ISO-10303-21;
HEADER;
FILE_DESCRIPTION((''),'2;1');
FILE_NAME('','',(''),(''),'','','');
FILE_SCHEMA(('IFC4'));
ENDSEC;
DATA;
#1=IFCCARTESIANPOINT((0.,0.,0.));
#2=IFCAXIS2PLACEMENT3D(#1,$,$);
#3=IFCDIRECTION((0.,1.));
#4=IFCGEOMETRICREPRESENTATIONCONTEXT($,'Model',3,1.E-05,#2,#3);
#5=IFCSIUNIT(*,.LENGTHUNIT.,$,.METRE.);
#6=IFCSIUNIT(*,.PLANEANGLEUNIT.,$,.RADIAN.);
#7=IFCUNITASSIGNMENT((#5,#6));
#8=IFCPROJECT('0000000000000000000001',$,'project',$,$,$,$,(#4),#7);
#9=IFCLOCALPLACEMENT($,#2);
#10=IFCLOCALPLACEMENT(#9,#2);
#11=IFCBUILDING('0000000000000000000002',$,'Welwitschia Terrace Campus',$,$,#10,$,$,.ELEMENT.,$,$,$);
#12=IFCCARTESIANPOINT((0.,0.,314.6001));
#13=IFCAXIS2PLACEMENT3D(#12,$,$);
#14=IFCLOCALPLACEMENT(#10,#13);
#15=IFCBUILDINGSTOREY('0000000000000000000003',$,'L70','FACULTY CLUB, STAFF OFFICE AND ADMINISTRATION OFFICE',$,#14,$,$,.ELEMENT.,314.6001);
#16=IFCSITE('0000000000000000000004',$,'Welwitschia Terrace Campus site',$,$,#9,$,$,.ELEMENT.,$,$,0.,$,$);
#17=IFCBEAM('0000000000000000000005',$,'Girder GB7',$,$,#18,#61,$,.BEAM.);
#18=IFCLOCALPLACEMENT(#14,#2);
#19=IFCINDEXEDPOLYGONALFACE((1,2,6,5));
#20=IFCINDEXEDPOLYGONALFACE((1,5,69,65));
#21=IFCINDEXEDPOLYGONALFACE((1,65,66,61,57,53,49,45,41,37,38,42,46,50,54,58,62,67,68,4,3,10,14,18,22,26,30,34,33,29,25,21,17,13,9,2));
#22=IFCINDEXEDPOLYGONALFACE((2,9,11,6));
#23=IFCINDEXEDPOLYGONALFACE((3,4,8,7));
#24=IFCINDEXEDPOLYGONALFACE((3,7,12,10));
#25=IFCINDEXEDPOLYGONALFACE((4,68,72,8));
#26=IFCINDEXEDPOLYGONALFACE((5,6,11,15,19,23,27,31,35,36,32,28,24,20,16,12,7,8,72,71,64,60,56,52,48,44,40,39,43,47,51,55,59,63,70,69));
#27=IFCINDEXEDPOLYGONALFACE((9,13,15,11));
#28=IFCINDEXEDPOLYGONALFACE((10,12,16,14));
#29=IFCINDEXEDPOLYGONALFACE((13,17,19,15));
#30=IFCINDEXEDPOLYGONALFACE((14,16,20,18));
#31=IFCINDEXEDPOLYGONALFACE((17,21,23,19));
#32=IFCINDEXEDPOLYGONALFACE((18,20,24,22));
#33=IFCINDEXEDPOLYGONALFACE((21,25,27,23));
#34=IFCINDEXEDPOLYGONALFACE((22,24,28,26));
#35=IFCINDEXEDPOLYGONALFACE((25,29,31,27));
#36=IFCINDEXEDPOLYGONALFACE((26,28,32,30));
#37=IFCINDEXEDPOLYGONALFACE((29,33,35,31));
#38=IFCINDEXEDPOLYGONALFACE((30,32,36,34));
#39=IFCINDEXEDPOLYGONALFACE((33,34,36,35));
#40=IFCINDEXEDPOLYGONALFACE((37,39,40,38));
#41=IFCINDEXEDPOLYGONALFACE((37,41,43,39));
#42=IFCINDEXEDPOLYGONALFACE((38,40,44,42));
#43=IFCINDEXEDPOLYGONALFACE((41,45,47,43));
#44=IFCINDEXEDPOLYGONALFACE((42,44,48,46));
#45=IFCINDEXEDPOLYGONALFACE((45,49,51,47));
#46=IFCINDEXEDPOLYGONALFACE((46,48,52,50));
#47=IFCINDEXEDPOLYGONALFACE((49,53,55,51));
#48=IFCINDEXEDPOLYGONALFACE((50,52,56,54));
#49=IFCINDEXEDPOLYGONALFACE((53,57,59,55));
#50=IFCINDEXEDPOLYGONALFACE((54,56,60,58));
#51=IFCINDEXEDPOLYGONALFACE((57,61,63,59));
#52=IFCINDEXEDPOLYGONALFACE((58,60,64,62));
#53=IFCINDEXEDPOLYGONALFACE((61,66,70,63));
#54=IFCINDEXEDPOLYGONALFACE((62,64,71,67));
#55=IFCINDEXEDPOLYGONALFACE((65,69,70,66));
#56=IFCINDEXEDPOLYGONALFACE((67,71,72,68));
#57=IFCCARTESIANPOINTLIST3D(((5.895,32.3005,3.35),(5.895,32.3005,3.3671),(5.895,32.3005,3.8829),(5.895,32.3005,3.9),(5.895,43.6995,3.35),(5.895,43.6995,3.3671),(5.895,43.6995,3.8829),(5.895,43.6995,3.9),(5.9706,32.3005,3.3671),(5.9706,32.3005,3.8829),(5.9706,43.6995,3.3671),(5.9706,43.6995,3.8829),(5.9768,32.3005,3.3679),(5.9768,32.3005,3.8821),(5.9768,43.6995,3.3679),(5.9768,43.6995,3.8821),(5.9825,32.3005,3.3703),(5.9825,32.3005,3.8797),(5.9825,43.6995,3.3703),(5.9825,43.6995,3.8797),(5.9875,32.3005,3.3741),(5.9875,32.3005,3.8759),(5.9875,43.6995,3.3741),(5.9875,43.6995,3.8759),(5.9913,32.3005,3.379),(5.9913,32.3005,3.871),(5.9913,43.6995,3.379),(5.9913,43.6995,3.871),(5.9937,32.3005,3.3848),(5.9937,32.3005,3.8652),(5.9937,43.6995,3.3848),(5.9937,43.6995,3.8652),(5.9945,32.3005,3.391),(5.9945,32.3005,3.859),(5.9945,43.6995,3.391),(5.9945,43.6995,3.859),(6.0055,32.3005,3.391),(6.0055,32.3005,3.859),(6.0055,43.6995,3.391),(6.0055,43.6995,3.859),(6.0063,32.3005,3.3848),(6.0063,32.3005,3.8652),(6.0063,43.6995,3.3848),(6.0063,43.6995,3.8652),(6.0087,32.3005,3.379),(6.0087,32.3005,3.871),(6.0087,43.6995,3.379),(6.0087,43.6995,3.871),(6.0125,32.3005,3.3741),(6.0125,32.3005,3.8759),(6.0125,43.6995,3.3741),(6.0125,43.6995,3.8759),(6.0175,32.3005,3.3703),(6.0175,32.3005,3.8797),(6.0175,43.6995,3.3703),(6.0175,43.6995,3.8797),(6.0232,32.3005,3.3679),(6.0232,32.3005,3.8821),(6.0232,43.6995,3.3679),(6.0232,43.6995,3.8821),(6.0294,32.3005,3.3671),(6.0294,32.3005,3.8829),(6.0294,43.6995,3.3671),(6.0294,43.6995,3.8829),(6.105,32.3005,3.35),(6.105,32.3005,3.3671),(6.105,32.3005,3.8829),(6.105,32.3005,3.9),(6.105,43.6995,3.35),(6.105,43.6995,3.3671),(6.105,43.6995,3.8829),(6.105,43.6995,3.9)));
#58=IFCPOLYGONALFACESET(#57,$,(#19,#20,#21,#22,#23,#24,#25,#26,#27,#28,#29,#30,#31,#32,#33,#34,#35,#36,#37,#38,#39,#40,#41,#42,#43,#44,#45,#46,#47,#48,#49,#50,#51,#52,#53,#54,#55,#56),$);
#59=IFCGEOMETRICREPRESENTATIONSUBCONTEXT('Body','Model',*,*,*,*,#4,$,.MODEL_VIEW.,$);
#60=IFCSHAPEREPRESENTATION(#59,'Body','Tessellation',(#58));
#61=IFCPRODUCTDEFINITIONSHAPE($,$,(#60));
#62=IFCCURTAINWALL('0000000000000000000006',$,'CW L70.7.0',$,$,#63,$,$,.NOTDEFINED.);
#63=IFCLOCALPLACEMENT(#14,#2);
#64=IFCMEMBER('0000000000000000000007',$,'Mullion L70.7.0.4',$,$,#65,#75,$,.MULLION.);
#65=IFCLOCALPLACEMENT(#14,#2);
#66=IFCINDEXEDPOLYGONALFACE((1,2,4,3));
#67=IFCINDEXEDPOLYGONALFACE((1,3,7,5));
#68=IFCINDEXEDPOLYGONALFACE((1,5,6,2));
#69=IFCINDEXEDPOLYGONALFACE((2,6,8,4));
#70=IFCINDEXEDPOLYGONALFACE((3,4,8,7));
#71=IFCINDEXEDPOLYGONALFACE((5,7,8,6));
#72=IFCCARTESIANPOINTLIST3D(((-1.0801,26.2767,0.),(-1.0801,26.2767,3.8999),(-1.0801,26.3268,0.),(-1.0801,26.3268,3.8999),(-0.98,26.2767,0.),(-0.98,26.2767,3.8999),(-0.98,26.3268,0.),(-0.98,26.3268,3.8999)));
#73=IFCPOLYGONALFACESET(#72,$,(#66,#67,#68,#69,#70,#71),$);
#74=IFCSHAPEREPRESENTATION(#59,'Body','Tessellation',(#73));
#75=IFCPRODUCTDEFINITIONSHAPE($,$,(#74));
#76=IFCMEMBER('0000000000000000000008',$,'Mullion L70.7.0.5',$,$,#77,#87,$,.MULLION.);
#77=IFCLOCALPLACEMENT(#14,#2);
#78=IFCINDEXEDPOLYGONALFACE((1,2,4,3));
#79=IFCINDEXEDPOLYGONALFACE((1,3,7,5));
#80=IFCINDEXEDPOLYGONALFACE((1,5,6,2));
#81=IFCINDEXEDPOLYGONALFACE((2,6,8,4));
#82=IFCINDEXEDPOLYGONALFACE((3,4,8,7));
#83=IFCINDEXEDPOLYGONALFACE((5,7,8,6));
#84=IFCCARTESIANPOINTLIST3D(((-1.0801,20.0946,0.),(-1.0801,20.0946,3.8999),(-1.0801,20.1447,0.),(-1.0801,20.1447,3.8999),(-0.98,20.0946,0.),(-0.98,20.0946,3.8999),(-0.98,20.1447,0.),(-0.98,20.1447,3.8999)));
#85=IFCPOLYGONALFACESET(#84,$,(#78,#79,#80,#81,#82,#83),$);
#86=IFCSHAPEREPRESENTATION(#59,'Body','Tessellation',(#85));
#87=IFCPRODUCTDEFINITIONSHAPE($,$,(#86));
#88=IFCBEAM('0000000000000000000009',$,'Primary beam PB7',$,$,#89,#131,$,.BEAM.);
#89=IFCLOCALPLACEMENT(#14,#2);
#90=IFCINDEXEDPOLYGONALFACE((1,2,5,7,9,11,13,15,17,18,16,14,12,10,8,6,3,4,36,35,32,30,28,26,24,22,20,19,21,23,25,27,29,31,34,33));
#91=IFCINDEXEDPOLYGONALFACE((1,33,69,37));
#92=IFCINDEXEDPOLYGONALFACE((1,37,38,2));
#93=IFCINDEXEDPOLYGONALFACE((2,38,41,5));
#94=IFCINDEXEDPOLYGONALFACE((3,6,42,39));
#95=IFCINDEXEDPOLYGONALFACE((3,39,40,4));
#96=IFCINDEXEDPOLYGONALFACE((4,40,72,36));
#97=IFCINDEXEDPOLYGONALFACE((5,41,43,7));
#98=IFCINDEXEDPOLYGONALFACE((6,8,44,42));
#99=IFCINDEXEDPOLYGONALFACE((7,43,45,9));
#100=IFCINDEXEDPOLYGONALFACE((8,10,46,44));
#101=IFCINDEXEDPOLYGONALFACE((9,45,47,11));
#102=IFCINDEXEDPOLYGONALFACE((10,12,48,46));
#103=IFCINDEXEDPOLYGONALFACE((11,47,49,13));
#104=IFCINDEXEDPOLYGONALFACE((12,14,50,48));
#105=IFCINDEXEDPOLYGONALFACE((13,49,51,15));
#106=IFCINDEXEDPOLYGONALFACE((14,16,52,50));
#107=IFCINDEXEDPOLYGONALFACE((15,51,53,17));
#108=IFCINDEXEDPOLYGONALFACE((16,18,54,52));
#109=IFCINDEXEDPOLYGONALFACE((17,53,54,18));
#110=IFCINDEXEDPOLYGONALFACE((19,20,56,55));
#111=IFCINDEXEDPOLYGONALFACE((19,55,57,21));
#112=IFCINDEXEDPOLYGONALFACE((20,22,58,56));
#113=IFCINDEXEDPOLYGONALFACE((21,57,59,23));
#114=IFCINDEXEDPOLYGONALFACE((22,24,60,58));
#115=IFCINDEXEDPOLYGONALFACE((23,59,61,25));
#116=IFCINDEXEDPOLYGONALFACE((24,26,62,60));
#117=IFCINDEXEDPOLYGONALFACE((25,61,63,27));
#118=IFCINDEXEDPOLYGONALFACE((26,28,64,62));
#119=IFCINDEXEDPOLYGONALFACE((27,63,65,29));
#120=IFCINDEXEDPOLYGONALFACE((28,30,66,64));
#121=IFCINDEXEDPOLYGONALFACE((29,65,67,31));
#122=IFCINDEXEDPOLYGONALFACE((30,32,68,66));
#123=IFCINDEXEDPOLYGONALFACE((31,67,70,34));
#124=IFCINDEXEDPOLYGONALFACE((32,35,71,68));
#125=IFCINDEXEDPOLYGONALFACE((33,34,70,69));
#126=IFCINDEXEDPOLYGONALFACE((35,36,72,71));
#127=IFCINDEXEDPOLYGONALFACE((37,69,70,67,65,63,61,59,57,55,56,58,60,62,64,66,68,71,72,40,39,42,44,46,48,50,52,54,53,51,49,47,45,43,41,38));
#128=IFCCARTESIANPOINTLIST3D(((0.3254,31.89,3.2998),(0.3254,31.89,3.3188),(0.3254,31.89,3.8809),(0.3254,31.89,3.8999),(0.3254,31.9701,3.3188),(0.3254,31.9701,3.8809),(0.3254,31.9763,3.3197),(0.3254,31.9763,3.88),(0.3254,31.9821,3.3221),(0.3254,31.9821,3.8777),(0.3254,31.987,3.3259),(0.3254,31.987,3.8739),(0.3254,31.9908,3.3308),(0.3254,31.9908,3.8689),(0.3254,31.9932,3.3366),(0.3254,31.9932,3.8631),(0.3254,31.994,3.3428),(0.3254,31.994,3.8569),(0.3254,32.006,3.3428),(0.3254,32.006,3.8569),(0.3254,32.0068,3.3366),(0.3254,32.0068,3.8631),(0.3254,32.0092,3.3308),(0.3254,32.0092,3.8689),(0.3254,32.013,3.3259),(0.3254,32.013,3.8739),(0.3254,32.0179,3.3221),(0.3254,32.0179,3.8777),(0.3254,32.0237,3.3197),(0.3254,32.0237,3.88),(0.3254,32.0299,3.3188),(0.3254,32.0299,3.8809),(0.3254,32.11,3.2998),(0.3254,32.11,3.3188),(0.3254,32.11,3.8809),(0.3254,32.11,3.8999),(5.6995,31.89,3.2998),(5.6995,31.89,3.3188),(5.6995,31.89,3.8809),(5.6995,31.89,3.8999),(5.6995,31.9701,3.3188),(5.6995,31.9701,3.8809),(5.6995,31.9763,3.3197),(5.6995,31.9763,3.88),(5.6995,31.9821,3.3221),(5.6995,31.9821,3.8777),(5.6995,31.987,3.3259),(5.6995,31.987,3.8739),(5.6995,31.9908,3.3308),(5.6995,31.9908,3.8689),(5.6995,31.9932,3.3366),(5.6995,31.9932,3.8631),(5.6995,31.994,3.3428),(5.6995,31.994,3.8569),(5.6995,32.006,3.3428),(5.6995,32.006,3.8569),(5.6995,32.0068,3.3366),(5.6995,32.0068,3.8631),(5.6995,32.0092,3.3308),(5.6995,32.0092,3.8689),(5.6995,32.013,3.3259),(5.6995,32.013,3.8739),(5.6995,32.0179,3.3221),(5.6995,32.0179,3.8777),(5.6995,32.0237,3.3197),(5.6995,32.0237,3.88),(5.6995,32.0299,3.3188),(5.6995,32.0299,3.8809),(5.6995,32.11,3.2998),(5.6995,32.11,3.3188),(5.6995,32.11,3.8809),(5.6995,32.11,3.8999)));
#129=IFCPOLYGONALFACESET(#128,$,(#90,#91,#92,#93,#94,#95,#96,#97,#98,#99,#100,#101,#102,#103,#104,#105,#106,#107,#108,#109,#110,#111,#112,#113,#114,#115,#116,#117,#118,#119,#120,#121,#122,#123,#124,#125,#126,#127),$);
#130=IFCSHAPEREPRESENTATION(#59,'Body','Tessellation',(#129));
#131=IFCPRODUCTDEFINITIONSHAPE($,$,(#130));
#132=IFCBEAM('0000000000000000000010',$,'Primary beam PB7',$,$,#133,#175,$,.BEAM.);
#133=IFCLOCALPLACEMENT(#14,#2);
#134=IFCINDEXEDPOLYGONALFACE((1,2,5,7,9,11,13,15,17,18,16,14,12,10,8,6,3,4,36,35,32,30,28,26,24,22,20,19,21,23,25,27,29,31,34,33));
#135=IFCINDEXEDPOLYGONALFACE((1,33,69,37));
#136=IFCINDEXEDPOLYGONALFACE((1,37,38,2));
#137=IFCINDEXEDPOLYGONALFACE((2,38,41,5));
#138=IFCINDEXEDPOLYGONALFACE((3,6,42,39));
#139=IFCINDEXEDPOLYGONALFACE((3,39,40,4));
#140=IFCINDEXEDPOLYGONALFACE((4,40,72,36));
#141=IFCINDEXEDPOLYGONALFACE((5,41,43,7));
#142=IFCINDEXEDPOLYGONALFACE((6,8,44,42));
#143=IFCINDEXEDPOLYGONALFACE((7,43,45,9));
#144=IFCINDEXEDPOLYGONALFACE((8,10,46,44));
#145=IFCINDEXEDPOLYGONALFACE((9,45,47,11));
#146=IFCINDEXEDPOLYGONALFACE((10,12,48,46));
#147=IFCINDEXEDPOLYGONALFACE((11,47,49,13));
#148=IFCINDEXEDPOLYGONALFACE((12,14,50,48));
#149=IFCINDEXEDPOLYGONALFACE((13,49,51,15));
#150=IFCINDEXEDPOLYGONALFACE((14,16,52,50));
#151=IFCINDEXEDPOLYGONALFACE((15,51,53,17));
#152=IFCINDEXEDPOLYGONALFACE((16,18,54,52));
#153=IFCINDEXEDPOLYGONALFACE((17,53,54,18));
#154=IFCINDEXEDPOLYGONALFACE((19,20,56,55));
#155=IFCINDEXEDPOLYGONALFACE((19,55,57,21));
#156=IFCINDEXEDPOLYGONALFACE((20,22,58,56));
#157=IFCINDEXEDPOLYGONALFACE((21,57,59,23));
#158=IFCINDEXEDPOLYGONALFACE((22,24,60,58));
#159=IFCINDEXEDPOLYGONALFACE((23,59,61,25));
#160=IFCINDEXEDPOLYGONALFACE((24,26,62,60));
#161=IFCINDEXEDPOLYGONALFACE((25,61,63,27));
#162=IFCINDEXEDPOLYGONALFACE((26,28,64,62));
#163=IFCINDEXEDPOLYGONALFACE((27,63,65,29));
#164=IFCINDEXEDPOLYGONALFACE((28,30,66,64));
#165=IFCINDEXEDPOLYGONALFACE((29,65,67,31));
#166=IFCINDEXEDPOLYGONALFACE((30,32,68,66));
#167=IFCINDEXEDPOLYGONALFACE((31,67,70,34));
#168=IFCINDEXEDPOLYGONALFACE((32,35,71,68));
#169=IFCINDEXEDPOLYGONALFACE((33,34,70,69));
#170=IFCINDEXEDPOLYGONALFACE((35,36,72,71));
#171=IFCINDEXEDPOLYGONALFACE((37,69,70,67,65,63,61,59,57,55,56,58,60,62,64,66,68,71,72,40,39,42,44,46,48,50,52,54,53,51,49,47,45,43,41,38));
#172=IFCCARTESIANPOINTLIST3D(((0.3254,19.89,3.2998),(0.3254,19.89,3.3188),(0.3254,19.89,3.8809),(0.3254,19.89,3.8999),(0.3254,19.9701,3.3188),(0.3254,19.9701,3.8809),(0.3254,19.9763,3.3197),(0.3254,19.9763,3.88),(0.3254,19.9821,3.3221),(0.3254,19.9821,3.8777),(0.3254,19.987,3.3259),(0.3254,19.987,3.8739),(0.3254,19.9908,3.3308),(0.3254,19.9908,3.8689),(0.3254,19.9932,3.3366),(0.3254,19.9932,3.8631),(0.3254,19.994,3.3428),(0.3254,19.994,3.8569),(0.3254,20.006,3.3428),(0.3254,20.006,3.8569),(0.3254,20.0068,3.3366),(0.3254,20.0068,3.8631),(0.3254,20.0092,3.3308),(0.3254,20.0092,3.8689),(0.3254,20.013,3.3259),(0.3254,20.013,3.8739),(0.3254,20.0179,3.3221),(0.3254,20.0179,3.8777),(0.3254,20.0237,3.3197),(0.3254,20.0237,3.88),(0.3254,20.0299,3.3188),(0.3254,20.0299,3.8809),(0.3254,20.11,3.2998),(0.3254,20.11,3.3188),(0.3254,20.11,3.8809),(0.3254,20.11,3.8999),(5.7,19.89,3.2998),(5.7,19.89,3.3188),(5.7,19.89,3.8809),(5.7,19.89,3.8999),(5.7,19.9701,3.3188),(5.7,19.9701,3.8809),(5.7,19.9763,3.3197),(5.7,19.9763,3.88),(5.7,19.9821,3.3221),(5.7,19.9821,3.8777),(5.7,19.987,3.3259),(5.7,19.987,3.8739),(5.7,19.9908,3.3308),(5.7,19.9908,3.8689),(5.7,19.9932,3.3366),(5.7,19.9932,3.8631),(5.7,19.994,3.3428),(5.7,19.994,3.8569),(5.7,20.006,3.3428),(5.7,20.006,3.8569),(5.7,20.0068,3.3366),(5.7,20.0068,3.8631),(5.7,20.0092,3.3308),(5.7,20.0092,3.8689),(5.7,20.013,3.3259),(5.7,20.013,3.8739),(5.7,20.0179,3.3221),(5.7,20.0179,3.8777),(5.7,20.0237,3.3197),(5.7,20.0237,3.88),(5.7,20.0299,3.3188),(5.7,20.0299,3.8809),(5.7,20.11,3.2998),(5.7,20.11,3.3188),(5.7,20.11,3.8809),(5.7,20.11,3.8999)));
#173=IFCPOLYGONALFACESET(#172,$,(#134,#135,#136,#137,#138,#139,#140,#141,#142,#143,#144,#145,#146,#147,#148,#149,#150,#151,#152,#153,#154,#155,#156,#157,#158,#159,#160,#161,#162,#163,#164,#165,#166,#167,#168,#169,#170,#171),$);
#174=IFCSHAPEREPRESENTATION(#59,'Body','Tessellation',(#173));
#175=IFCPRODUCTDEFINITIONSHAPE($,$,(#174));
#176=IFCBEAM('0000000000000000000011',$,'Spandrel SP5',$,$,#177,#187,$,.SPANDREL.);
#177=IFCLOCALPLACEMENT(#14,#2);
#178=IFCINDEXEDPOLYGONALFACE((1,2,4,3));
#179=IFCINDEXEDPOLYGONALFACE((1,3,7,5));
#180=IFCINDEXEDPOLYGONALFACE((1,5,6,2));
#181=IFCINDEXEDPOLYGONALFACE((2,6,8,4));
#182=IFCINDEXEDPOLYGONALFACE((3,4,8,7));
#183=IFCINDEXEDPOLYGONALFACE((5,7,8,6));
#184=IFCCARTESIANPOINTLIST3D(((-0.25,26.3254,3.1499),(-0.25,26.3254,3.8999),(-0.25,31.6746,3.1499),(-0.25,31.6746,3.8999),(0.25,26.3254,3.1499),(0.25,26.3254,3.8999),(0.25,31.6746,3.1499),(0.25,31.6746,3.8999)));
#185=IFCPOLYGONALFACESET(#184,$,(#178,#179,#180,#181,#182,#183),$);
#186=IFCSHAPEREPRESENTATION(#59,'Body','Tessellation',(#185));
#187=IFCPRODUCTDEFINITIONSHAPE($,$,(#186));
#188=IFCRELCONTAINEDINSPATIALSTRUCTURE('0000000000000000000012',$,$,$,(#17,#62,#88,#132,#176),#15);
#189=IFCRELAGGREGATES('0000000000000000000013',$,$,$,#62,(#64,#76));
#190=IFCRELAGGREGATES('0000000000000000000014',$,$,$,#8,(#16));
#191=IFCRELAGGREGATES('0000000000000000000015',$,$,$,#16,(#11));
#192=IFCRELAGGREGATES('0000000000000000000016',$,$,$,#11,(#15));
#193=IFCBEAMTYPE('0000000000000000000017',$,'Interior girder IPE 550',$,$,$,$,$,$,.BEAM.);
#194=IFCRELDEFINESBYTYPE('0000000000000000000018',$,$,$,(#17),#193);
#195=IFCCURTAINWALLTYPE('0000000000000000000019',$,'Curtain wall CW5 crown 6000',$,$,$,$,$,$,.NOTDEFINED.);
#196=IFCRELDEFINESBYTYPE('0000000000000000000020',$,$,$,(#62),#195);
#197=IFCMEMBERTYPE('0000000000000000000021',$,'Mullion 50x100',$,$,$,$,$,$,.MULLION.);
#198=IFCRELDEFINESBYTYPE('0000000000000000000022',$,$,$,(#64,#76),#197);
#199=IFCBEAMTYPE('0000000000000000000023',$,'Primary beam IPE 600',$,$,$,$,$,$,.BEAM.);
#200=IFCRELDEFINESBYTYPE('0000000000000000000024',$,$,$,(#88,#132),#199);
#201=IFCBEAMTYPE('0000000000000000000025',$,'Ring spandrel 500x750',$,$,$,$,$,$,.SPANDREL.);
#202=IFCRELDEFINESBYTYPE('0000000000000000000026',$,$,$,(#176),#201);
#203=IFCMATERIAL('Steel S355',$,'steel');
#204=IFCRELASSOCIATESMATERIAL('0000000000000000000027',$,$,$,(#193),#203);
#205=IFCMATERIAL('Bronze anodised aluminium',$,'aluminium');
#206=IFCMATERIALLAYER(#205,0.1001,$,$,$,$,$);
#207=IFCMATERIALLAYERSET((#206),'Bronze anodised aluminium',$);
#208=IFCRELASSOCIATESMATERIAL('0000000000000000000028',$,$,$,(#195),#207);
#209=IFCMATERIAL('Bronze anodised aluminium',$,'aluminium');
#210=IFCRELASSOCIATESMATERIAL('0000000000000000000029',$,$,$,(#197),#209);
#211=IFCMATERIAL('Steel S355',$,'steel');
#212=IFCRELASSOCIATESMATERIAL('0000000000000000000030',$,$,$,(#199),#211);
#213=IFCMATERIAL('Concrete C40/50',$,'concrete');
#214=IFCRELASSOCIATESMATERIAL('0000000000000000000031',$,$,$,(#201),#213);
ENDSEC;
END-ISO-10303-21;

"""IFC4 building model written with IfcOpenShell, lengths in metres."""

from ifc_helpers import new_model, si_unit, direction, frame, origin, origin_2d, place, context, subcontext, project, spatial, rectangle, i_section, extrude, material, layer, layer_set, material_profile, profile_set, type_object, element, aggregate, save


model = new_model("IFC4")

# Units and contexts
model_context = context("Model", 3, precision=1e-05, world=origin(), true_north=direction((0.0, 1.0)))
body_context = subcontext(model_context, "Body", "Model", "MODEL_VIEW")
ifc_project = project(units=[si_unit("LENGTHUNIT", "METRE"), si_unit("PLANEANGLEUNIT", "RADIAN")], contexts=[model_context])

# Site, building, storey
site_placement = place(None, origin())
site = spatial("IfcSite", under=ifc_project, at=site_placement, Name="Welwitschia Terrace Campus site", CompositionType="ELEMENT", RefElevation=0.0)
building_placement = place(site_placement, origin())
building = spatial("IfcBuilding", under=site, at=building_placement, Name="Welwitschia Terrace Campus", CompositionType="ELEMENT")
storey_placement = place(building_placement, frame((0.0, 0.0, 314.6001)))
storey = spatial("IfcBuildingStorey", under=building, at=storey_placement, Name="L70", Description="FACULTY CLUB, STAFF OFFICE AND ADMINISTRATION OFFICE", CompositionType="ELEMENT", Elevation=314.6001)

# Beam
ifc_material_1 = material(Name="Steel S355", Category="steel")
ifc_material_profile_1 = material_profile(ifc_material_1, i_section(OverallWidth=0.21, OverallDepth=0.55, WebThickness=0.011, FlangeThickness=0.0171, FilletRadius=0.0239, at=origin_2d()))
ifc_profile_set_1 = profile_set([ifc_material_profile_1], Name="Steel S355")
beam_type_1 = type_object("IfcBeamType", Name="Interior girder IPE 550", PredefinedType="BEAM", material=ifc_profile_set_1)
beam_1_placement = place(storey_placement, frame((6.0, 32.3005, 3.625), z_axis=(0.0, 1.0, 0.0), x_axis=(-1.0, 0.0, 0.0)))
element("IfcBeam", 1, at=beam_1_placement, inside=storey, type_object=beam_type_1, Name="Girder GB7", PredefinedType="BEAM", context=body_context, shape_type="SweptSolid", body=[
    extrude(i_section(OverallWidth=0.21, OverallDepth=0.55, WebThickness=0.011, FlangeThickness=0.0171, FilletRadius=0.0239, at=origin_2d()), origin(), (0.0, 0.0, 1.0), 11.3989),
])

# Curtain wall, members
ifc_material_2 = material(Name="Bronze anodised aluminium", Category="aluminium")
ifc_layer_1 = layer(ifc_material_2, 0.1001)
ifc_layer_set_1 = layer_set([ifc_layer_1], Name="Bronze anodised aluminium")
curtain_wall_type = type_object("IfcCurtainWallType", Name="Curtain wall CW5 crown 6000", PredefinedType="NOTDEFINED", material=ifc_layer_set_1)
curtain_wall_placement = place(storey_placement, origin())
curtain_wall = element("IfcCurtainWall", 2, at=curtain_wall_placement, inside=storey, type_object=curtain_wall_type, Name="CW L70.7.0", PredefinedType="NOTDEFINED")
ifc_material_3 = material(Name="Bronze anodised aluminium", Category="aluminium")
ifc_material_profile_2 = material_profile(ifc_material_3, rectangle(XDim=0.1001, YDim=0.05, at=origin_2d()))
ifc_profile_set_2 = profile_set([ifc_material_profile_2], Name="Bronze anodised aluminium")
member_type = type_object("IfcMemberType", Name="Mullion 50x100", PredefinedType="MULLION", material=ifc_profile_set_2)
member_1_placement = place(storey_placement, frame((-1.03, 26.3018, 0.0), z_axis=(0.0, 0.0, 1.0), x_axis=(1.0, 0.0, 0.0)))
member_1 = element("IfcMember", 3, at=member_1_placement, type_object=member_type, Name="Mullion L70.7.0.4", PredefinedType="MULLION", context=body_context, shape_type="SweptSolid", body=[
    extrude(rectangle(XDim=0.1001, YDim=0.05, at=origin_2d()), origin(), (0.0, 0.0, 1.0), 3.8999),
])
member_2_placement = place(storey_placement, frame((-1.03, 20.1196, 0.0), z_axis=(0.0, 0.0, 1.0), x_axis=(1.0, 0.0, 0.0)))
member_2 = element("IfcMember", 4, at=member_2_placement, type_object=member_type, Name="Mullion L70.7.0.5", PredefinedType="MULLION", context=body_context, shape_type="SweptSolid", body=[
    extrude(rectangle(XDim=0.1001, YDim=0.05, at=origin_2d()), origin(), (0.0, 0.0, 1.0), 3.8999),
])

# Beams
ifc_material_4 = material(Name="Steel S355", Category="steel")
ifc_material_profile_3 = material_profile(ifc_material_4, i_section(OverallWidth=0.22, OverallDepth=0.6001, WebThickness=0.012, FlangeThickness=0.019, FilletRadius=0.0239, at=origin_2d()))
ifc_profile_set_3 = profile_set([ifc_material_profile_3], Name="Steel S355")
beam_type_2 = type_object("IfcBeamType", Name="Primary beam IPE 600", PredefinedType="BEAM", material=ifc_profile_set_3)
beam_2_placement = place(storey_placement, frame((0.3254, 32.0, 3.5999), z_axis=(1.0, 0.0, 0.0), x_axis=(0.0, 1.0, 0.0)))
element("IfcBeam", 5, at=beam_2_placement, inside=storey, type_object=beam_type_2, Name="Primary beam PB7", PredefinedType="BEAM", context=body_context, shape_type="SweptSolid", body=[
    extrude(i_section(OverallWidth=0.22, OverallDepth=0.6001, WebThickness=0.012, FlangeThickness=0.019, FilletRadius=0.0239, at=origin_2d()), origin(), (0.0, 0.0, 1.0), 5.374),
])
beam_3_placement = place(storey_placement, frame((0.3254, 20.0, 3.5999), z_axis=(1.0, 0.0, 0.0), x_axis=(0.0, 1.0, 0.0)))
element("IfcBeam", 6, at=beam_3_placement, inside=storey, type_object=beam_type_2, Name="Primary beam PB7", PredefinedType="BEAM", context=body_context, shape_type="SweptSolid", body=[
    extrude(i_section(OverallWidth=0.22, OverallDepth=0.6001, WebThickness=0.012, FlangeThickness=0.019, FilletRadius=0.0239, at=origin_2d()), origin(), (0.0, 0.0, 1.0), 5.3745),
])
ifc_material_5 = material(Name="Concrete C40/50", Category="concrete")
ifc_material_profile_4 = material_profile(ifc_material_5, rectangle(XDim=0.5, YDim=0.75, at=origin_2d()))
ifc_profile_set_4 = profile_set([ifc_material_profile_4], Name="Concrete C40/50")
beam_type_3 = type_object("IfcBeamType", Name="Ring spandrel 500x750", PredefinedType="SPANDREL", material=ifc_profile_set_4)
for number, where, z_axis, x_axis, name in (
    (7, (0.0, 31.6746, 3.5249), (0.0, -1.0, 0.0), (1.0, 0.0, 0.0), "Spandrel SP5"),
):
    element("IfcBeam", number, at=place(storey_placement, frame(where, z_axis=z_axis, x_axis=x_axis)), inside=storey, type_object=beam_type_3, Name=name, PredefinedType="SPANDREL", context=body_context, shape_type="SweptSolid", body=[
        extrude(rectangle(XDim=0.5, YDim=0.75, at=origin_2d()), origin(), (0.0, 0.0, 1.0), 5.3491),
    ])

aggregate(curtain_wall, [member_1, member_2])

save(model, "model.ifc")
